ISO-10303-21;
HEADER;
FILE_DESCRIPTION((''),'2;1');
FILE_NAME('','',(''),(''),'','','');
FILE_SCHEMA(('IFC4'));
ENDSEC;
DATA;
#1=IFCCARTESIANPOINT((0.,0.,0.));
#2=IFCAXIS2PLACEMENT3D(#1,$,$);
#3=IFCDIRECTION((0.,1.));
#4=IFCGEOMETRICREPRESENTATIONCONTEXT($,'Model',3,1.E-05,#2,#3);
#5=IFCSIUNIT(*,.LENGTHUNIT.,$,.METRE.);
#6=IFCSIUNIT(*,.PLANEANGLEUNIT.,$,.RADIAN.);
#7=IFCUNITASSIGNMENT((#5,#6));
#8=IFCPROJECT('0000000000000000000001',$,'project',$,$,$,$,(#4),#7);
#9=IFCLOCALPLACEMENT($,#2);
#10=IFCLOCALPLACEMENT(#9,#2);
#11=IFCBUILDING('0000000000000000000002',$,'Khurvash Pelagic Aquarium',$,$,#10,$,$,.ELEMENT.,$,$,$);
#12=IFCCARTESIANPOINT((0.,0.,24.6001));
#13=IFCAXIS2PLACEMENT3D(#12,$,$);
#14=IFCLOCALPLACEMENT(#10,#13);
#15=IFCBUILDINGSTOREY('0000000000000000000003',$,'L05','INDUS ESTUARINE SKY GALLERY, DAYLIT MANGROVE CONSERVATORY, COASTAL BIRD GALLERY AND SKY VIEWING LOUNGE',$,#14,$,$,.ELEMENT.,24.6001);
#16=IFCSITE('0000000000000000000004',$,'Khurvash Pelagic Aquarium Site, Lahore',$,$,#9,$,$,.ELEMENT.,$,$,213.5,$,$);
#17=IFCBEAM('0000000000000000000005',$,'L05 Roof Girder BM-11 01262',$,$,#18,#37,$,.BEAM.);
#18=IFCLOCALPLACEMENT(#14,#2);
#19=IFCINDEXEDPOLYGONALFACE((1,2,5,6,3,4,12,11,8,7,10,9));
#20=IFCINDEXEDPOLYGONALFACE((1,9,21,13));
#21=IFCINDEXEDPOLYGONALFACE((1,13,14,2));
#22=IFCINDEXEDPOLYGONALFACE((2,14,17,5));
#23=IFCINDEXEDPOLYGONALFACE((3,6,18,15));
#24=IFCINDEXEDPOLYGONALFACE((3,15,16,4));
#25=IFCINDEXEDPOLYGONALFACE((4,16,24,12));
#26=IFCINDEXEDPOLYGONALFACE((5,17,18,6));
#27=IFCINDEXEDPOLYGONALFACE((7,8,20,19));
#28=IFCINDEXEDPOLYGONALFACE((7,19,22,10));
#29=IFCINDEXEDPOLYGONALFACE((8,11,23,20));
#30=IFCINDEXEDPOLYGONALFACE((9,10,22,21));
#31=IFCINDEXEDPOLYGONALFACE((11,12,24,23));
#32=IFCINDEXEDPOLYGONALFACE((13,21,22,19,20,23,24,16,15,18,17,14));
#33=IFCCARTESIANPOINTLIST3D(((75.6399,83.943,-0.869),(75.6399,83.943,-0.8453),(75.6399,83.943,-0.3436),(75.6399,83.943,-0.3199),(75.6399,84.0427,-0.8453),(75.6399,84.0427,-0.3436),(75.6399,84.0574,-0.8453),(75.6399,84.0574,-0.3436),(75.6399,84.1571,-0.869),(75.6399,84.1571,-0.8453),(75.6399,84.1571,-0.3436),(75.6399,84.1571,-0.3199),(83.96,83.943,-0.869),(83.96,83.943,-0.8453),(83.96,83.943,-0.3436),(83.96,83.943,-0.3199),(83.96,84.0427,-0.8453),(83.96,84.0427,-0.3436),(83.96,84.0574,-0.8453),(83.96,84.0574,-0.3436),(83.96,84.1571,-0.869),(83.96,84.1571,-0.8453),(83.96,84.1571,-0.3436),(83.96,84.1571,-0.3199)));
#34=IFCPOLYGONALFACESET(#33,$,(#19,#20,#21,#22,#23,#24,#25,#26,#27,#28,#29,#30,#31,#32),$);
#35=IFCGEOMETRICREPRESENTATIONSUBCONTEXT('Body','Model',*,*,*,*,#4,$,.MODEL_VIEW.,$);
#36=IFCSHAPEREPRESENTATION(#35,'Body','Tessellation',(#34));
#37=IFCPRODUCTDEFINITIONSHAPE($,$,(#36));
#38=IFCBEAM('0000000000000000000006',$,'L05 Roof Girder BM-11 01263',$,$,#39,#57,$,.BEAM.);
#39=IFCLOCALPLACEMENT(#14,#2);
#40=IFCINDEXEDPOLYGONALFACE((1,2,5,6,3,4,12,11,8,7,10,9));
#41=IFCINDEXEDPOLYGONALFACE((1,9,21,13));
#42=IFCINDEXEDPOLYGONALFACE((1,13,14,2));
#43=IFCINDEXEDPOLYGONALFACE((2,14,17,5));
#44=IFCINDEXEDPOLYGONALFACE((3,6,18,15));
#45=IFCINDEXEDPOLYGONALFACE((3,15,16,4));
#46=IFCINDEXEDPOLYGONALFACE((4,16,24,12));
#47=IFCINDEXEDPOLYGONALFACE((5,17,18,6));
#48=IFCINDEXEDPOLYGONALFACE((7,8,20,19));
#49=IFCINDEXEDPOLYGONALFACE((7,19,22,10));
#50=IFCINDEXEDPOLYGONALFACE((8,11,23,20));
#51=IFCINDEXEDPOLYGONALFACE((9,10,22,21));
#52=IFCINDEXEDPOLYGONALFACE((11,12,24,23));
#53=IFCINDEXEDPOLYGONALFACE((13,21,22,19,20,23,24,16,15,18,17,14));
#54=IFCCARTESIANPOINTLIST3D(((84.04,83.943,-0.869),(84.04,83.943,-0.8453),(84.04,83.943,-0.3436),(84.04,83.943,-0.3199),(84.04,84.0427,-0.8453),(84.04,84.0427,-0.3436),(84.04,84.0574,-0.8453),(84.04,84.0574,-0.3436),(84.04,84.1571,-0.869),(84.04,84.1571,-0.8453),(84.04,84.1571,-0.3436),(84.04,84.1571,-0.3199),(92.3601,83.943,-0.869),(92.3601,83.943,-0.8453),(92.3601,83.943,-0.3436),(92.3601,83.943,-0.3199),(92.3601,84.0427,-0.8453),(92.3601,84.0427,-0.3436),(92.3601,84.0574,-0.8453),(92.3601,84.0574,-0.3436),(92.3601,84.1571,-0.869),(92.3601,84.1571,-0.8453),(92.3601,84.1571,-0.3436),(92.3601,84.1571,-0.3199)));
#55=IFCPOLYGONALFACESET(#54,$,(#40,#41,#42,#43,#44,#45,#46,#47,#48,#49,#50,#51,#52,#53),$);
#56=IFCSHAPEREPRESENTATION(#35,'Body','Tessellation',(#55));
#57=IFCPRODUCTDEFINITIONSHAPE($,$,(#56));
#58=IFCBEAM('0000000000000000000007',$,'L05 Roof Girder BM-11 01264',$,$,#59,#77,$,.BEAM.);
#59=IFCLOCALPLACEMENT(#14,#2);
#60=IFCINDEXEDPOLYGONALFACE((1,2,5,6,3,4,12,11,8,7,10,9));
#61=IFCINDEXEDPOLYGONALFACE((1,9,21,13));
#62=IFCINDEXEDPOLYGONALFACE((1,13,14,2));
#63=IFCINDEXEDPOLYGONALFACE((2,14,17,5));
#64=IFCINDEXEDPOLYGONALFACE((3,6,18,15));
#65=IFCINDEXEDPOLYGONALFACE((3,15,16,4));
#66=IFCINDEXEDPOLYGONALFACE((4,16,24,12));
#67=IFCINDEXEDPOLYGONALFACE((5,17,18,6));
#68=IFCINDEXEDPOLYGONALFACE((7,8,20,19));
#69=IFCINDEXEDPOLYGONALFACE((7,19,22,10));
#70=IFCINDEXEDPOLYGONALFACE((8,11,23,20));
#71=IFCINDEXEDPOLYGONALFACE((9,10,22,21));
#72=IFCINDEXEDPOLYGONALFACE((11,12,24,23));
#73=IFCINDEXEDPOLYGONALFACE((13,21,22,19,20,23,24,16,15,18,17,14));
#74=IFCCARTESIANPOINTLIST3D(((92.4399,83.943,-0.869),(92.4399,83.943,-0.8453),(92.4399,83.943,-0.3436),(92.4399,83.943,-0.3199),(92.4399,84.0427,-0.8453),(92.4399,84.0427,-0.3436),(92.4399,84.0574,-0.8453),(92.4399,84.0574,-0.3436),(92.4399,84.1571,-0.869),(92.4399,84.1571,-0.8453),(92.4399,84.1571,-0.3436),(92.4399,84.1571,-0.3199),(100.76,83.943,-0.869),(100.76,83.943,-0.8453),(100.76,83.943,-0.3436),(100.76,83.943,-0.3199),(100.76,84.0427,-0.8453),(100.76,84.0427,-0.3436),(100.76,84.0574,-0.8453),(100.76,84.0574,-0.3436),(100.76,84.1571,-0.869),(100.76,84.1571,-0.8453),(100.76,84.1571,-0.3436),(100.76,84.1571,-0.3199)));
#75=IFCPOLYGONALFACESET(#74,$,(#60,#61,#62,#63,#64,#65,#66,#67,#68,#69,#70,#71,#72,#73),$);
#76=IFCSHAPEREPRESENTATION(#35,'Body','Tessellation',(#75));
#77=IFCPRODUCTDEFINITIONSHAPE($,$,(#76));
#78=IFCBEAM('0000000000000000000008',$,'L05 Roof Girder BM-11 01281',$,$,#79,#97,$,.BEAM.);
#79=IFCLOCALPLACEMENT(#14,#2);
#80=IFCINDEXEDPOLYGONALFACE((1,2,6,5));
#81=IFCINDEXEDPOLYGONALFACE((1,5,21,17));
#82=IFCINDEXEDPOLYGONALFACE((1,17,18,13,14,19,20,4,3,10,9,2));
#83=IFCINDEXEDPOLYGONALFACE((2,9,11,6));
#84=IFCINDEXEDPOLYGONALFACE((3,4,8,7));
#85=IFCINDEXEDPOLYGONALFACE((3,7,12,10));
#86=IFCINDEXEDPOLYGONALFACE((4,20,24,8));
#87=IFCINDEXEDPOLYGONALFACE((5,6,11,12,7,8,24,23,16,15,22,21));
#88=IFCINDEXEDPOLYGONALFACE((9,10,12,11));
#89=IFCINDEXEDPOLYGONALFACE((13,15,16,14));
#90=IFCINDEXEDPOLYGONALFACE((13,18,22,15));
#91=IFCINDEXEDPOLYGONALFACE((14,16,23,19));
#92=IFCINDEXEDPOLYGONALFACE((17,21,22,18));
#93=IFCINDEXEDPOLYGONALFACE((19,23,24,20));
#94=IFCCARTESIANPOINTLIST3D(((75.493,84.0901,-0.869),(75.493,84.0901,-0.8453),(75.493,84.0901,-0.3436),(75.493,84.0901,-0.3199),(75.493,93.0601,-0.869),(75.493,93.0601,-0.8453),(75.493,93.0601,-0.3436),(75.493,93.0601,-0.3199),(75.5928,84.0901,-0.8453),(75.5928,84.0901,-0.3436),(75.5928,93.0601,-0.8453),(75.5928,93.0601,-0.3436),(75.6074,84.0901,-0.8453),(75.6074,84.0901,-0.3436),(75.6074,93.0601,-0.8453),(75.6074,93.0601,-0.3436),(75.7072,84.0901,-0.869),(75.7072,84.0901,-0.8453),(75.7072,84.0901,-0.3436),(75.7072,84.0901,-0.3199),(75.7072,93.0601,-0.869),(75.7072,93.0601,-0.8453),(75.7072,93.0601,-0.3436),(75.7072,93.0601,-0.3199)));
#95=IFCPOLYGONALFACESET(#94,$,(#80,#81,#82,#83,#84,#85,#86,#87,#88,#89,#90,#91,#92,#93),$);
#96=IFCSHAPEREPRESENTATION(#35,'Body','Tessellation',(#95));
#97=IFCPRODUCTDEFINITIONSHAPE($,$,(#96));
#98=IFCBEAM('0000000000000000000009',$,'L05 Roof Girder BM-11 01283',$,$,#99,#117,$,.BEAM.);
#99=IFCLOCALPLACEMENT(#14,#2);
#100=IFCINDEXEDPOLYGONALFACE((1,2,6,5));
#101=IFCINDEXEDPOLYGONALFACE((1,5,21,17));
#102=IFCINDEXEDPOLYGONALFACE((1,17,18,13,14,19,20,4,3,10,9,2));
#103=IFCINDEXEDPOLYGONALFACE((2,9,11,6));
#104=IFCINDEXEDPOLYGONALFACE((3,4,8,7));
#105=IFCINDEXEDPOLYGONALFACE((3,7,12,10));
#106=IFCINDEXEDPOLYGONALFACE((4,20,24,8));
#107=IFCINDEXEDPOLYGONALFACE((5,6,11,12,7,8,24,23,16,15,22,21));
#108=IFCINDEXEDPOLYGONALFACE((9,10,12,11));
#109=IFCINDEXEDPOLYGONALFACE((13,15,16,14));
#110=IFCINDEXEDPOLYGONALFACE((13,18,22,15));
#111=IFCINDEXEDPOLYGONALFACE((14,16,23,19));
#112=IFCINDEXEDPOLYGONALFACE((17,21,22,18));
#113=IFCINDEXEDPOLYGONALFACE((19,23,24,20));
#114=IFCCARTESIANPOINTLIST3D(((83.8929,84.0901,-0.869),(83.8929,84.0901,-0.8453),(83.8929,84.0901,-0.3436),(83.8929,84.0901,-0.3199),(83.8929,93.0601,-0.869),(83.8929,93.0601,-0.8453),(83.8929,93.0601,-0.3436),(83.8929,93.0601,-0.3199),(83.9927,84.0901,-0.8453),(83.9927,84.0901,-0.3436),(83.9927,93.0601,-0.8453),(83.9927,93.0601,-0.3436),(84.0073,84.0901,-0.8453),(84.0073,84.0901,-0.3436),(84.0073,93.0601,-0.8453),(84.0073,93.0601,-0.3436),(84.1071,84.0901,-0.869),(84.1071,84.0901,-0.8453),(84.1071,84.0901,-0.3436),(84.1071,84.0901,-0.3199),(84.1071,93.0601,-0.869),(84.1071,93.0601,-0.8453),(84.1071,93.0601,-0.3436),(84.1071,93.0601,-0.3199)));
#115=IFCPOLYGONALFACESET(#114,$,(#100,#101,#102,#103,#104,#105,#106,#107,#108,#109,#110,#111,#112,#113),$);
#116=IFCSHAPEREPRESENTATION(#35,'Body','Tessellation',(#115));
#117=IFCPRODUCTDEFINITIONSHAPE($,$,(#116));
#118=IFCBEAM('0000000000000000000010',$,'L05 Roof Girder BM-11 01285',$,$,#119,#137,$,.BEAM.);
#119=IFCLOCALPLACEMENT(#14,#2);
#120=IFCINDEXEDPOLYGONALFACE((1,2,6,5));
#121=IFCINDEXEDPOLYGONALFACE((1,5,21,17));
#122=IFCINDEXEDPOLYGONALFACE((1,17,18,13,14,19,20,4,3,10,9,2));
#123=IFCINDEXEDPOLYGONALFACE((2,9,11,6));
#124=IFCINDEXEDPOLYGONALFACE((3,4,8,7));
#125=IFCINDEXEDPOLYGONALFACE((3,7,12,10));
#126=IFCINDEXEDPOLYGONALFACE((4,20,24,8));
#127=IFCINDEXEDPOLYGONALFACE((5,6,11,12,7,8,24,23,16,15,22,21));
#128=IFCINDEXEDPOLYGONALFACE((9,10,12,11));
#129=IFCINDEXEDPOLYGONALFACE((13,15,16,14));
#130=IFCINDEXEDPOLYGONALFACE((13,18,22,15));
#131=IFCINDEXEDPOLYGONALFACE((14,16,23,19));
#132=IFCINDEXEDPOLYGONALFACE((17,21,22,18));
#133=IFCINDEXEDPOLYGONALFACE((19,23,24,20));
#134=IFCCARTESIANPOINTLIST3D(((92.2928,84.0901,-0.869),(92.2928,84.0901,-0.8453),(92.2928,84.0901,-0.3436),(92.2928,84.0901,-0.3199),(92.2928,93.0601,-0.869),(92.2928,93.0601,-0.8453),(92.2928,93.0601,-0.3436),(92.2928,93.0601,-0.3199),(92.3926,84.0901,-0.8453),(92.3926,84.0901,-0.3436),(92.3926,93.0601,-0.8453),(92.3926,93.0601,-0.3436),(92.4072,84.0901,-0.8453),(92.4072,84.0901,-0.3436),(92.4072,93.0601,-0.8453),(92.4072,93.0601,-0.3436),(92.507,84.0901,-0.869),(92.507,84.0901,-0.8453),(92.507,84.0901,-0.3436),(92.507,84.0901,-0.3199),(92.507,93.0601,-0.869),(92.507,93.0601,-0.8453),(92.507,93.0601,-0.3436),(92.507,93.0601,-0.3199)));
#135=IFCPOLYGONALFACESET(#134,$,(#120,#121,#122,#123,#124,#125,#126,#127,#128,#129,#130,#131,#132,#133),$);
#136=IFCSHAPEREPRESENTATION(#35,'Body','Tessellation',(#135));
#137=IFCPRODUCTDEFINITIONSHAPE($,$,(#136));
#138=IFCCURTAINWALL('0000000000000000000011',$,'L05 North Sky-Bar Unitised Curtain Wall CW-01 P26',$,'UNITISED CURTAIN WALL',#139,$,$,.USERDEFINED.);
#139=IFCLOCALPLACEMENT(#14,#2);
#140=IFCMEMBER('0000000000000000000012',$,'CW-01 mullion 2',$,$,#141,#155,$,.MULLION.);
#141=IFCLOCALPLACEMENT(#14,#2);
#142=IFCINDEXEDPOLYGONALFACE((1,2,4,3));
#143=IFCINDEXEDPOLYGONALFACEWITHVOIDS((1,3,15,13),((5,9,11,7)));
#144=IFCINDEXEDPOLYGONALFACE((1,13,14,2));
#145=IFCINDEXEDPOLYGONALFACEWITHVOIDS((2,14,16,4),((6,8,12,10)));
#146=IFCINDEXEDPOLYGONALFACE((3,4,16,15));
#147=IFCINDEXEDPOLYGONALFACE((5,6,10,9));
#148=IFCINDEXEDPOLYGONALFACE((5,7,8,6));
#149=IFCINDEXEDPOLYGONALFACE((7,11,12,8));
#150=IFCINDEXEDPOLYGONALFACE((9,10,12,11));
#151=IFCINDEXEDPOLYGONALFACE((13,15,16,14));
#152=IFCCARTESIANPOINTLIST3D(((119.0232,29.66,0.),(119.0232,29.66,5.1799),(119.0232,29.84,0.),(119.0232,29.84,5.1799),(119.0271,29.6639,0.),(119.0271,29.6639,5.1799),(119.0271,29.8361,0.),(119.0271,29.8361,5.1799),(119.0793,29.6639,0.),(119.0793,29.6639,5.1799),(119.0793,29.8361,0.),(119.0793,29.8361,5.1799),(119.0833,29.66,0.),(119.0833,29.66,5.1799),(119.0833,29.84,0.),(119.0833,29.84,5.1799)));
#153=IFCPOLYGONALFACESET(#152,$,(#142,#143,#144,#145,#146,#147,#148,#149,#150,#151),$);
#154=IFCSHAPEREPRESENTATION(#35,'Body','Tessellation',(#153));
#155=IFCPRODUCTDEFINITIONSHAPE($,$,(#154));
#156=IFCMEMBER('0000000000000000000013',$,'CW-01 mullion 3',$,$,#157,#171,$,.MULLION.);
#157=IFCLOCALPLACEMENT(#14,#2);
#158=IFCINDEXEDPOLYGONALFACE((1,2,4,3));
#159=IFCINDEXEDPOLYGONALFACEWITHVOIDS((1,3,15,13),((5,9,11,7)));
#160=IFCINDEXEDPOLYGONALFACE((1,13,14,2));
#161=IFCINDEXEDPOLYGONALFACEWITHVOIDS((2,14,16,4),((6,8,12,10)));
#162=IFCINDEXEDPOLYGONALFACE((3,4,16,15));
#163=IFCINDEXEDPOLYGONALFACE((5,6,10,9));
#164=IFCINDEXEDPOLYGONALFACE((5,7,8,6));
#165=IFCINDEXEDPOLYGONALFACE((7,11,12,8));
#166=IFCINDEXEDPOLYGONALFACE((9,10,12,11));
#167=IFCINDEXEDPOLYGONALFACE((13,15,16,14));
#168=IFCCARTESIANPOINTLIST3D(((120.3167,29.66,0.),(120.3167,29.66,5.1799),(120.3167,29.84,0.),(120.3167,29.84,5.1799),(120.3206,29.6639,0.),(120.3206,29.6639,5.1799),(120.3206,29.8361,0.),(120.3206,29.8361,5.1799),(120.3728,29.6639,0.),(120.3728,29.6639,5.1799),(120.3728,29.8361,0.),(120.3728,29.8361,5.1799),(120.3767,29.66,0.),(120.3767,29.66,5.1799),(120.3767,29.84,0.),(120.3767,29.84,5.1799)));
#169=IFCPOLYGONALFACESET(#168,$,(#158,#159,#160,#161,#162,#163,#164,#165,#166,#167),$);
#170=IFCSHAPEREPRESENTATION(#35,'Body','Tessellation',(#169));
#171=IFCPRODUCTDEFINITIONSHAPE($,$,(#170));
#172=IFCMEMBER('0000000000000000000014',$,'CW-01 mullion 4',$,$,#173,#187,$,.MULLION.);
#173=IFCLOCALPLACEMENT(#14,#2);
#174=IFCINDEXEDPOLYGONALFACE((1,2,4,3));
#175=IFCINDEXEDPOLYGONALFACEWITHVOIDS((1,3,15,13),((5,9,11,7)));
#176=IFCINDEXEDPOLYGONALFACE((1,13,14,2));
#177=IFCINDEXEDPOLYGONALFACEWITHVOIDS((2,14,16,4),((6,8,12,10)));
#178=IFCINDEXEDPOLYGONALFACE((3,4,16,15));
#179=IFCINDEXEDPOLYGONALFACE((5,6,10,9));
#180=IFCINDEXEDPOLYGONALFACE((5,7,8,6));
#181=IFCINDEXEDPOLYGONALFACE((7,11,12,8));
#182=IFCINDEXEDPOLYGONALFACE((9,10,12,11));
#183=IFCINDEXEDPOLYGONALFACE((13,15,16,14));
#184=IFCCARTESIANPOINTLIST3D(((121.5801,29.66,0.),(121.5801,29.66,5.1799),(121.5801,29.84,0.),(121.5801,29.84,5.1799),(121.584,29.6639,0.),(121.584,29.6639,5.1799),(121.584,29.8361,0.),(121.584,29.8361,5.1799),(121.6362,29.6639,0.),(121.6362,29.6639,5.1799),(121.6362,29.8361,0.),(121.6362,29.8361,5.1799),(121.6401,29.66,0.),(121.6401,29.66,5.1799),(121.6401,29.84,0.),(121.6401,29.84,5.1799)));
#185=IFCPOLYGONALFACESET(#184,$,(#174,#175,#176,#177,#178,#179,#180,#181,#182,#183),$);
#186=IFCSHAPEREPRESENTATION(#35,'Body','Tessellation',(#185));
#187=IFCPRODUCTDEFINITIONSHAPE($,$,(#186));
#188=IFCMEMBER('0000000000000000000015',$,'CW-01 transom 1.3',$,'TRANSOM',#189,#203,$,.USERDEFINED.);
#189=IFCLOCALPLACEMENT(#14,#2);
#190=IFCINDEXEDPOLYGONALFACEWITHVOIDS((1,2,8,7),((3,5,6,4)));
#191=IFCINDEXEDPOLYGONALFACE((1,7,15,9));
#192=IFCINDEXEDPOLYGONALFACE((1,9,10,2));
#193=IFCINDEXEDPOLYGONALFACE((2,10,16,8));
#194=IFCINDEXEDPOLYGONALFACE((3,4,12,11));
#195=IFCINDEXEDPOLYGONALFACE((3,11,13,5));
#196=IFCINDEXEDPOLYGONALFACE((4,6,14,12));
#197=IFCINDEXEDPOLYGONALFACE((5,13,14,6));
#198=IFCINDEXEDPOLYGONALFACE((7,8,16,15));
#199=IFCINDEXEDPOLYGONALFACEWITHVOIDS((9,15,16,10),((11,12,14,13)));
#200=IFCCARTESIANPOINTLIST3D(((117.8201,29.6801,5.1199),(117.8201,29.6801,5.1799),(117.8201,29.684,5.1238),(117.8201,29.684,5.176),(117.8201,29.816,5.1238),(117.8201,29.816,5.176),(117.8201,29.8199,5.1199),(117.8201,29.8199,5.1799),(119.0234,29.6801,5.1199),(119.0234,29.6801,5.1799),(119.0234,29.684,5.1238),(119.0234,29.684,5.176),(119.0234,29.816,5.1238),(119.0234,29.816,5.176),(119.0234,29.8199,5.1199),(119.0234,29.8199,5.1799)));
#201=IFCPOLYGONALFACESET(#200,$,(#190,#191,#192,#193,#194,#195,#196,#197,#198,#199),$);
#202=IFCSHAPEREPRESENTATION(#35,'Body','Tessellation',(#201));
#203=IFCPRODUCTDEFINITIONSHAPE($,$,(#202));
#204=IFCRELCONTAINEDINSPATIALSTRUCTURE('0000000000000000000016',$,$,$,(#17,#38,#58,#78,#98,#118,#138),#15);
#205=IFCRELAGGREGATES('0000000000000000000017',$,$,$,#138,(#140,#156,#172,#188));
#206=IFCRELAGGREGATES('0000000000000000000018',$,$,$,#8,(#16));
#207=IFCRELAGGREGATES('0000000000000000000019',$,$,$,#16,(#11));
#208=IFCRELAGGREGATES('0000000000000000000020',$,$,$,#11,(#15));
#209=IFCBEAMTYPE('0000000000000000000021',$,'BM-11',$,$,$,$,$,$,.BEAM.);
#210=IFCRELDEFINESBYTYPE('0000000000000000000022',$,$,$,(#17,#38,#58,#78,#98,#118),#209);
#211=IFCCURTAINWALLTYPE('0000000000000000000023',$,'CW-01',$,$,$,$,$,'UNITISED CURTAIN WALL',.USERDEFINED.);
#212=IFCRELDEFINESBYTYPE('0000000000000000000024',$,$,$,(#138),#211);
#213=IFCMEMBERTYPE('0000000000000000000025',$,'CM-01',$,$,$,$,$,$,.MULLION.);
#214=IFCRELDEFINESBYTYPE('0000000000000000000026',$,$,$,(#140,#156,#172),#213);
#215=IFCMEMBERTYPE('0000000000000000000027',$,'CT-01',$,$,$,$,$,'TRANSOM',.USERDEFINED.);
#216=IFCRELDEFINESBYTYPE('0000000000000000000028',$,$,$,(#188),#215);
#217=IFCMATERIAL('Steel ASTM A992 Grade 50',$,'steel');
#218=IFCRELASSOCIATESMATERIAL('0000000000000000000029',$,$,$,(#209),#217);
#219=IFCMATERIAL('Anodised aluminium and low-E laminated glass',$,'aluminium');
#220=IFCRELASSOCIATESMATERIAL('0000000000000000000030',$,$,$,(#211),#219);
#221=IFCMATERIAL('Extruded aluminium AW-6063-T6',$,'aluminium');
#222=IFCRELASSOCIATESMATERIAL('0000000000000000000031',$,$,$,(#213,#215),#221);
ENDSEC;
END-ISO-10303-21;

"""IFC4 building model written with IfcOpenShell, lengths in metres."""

from ifc_helpers import new_model, si_unit, direction, frame, origin, origin_2d, place, context, subcontext, project, spatial, hollow_rectangle, i_section, extrude, material, material_profile, profile_set, type_object, element, aggregate, save


model = new_model("IFC4")

# Units and contexts
model_context = context("Model", 3, precision=1e-05, world=origin(), true_north=direction((0.0, 1.0)))
body_context = subcontext(model_context, "Body", "Model", "MODEL_VIEW")
ifc_project = project(units=[si_unit("LENGTHUNIT", "METRE"), si_unit("PLANEANGLEUNIT", "RADIAN")], contexts=[model_context])

# Site, building, storey
site_placement = place(None, origin())
site = spatial("IfcSite", under=ifc_project, at=site_placement, Name="Khurvash Pelagic Aquarium Site, Lahore", CompositionType="ELEMENT", RefElevation=213.5)
building_placement = place(site_placement, origin())
building = spatial("IfcBuilding", under=site, at=building_placement, Name="Khurvash Pelagic Aquarium", CompositionType="ELEMENT")
storey_placement = place(building_placement, frame((0.0, 0.0, 24.6001)))
storey = spatial("IfcBuildingStorey", under=building, at=storey_placement, Name="L05", Description="INDUS ESTUARINE SKY GALLERY, DAYLIT MANGROVE CONSERVATORY, COASTAL BIRD GALLERY AND SKY VIEWING LOUNGE", CompositionType="ELEMENT", Elevation=24.6001)

# Beams
ifc_material_1 = material(Name="Steel ASTM A992 Grade 50", Category="steel")
ifc_material_profile_1 = material_profile(ifc_material_1, i_section(OverallWidth=0.2141, OverallDepth=0.5491, WebThickness=0.0146, FlangeThickness=0.0237, at=origin_2d()), Name="W21X93")
ifc_profile_set_1 = profile_set([ifc_material_profile_1], Name="Steel ASTM A992 Grade 50")
beam_type = type_object("IfcBeamType", Name="BM-11", PredefinedType="BEAM", material=ifc_profile_set_1)
for number, where, z_axis, x_axis, name in (
    (1, (75.6399, 84.05, -0.5945), (1.0, 0.0, 0.0), (0.0, 1.0, 0.0), "L05 Roof Girder BM-11 01262"),
    (2, (84.04, 84.05, -0.5945), (1.0, 0.0, 0.0), (0.0, 1.0, 0.0), "L05 Roof Girder BM-11 01263"),
    (3, (92.4399, 84.05, -0.5945), (1.0, 0.0, 0.0), (0.0, 1.0, 0.0), "L05 Roof Girder BM-11 01264"),
):
    element("IfcBeam", number, at=place(storey_placement, frame(where, z_axis=z_axis, x_axis=x_axis)), inside=storey, type_object=beam_type, Name=name, PredefinedType="BEAM", context=body_context, shape_type="SweptSolid", body=[
        extrude(i_section(OverallWidth=0.2141, OverallDepth=0.5491, WebThickness=0.0146, FlangeThickness=0.0237, at=origin_2d()), origin(), (0.0, 0.0, 1.0), 8.3201),
    ])
for number, where, z_axis, x_axis, name in (
    (4, (75.6001, 84.0901, -0.5945), (0.0, 1.0, 0.0), (-1.0, 0.0, 0.0), "L05 Roof Girder BM-11 01281"),
    (5, (84.0, 84.0901, -0.5945), (0.0, 1.0, 0.0), (-1.0, 0.0, 0.0), "L05 Roof Girder BM-11 01283"),
    (6, (92.3999, 84.0901, -0.5945), (0.0, 1.0, 0.0), (-1.0, 0.0, 0.0), "L05 Roof Girder BM-11 01285"),
):
    element("IfcBeam", number, at=place(storey_placement, frame(where, z_axis=z_axis, x_axis=x_axis)), inside=storey, type_object=beam_type, Name=name, PredefinedType="BEAM", context=body_context, shape_type="SweptSolid", body=[
        extrude(i_section(OverallWidth=0.2141, OverallDepth=0.5491, WebThickness=0.0146, FlangeThickness=0.0237, at=origin_2d()), origin(), (0.0, 0.0, 1.0), 8.97),
    ])

# Curtain wall, members
ifc_material_2 = material(Name="Anodised aluminium and low-E laminated glass", Category="aluminium")
curtain_wall_type = type_object("IfcCurtainWallType", Name="CW-01", ElementType="UNITISED CURTAIN WALL", PredefinedType="USERDEFINED", material=ifc_material_2)
curtain_wall_placement = place(storey_placement, origin())
curtain_wall = element("IfcCurtainWall", 7, at=curtain_wall_placement, inside=storey, type_object=curtain_wall_type, Name="L05 North Sky-Bar Unitised Curtain Wall CW-01 P26", ObjectType="UNITISED CURTAIN WALL", PredefinedType="USERDEFINED")
ifc_material_3 = material(Name="Extruded aluminium AW-6063-T6", Category="aluminium")
ifc_material_profile_2 = material_profile(ifc_material_3, hollow_rectangle(XDim=0.0601, YDim=0.1799, WallThickness=0.0039, at=origin_2d()), Name="CWM60X180X4")
ifc_profile_set_2 = profile_set([ifc_material_profile_2], Name="Extruded aluminium AW-6063-T6")
member_type_1 = type_object("IfcMemberType", Name="CM-01", PredefinedType="MULLION", material=ifc_profile_set_2)
member_1_placement = place(storey_placement, frame((119.0532, 29.75, 0.0), z_axis=(0.0, 0.0, 1.0), x_axis=(1.0, 0.0, 0.0)))
member_1 = element("IfcMember", 8, at=member_1_placement, type_object=member_type_1, Name="CW-01 mullion 2", PredefinedType="MULLION", context=body_context, shape_type="SweptSolid", body=[
    extrude(hollow_rectangle(XDim=0.0601, YDim=0.1799, WallThickness=0.0039, at=origin_2d()), origin(), (0.0, 0.0, 1.0), 5.1799),
])
member_2_placement = place(storey_placement, frame((120.3467, 29.75, 0.0), z_axis=(0.0, 0.0, 1.0), x_axis=(1.0, 0.0, 0.0)))
member_2 = element("IfcMember", 9, at=member_2_placement, type_object=member_type_1, Name="CW-01 mullion 3", PredefinedType="MULLION", context=body_context, shape_type="SweptSolid", body=[
    extrude(hollow_rectangle(XDim=0.0601, YDim=0.1799, WallThickness=0.0039, at=origin_2d()), origin(), (0.0, 0.0, 1.0), 5.1799),
])
member_3_placement = place(storey_placement, frame((121.6101, 29.75, 0.0), z_axis=(0.0, 0.0, 1.0), x_axis=(1.0, 0.0, 0.0)))
member_3 = element("IfcMember", 10, at=member_3_placement, type_object=member_type_1, Name="CW-01 mullion 4", PredefinedType="MULLION", context=body_context, shape_type="SweptSolid", body=[
    extrude(hollow_rectangle(XDim=0.0601, YDim=0.1799, WallThickness=0.0039, at=origin_2d()), origin(), (0.0, 0.0, 1.0), 5.1799),
])
ifc_material_profile_3 = material_profile(ifc_material_3, hollow_rectangle(XDim=0.1399, YDim=0.0601, WallThickness=0.0039, at=origin_2d()), Name="CWT140X60X4")
ifc_profile_set_3 = profile_set([ifc_material_profile_3], Name="Extruded aluminium AW-6063-T6")
member_type_2 = type_object("IfcMemberType", Name="CT-01", ElementType="TRANSOM", PredefinedType="USERDEFINED", material=ifc_profile_set_3)
member_4_placement = place(storey_placement, frame((117.8201, 29.75, 5.1499), z_axis=(1.0, 0.0, 0.0), x_axis=(0.0, 1.0, 0.0)))
member_4 = element("IfcMember", 11, at=member_4_placement, type_object=member_type_2, Name="CW-01 transom 1.3", ObjectType="TRANSOM", PredefinedType="USERDEFINED", context=body_context, shape_type="SweptSolid", body=[
    extrude(hollow_rectangle(XDim=0.1399, YDim=0.0601, WallThickness=0.0039, at=origin_2d()), origin(), (0.0, 0.0, 1.0), 1.2034),
])

aggregate(curtain_wall, [member_1, member_2, member_3, member_4])

save(model, "model.ifc")
